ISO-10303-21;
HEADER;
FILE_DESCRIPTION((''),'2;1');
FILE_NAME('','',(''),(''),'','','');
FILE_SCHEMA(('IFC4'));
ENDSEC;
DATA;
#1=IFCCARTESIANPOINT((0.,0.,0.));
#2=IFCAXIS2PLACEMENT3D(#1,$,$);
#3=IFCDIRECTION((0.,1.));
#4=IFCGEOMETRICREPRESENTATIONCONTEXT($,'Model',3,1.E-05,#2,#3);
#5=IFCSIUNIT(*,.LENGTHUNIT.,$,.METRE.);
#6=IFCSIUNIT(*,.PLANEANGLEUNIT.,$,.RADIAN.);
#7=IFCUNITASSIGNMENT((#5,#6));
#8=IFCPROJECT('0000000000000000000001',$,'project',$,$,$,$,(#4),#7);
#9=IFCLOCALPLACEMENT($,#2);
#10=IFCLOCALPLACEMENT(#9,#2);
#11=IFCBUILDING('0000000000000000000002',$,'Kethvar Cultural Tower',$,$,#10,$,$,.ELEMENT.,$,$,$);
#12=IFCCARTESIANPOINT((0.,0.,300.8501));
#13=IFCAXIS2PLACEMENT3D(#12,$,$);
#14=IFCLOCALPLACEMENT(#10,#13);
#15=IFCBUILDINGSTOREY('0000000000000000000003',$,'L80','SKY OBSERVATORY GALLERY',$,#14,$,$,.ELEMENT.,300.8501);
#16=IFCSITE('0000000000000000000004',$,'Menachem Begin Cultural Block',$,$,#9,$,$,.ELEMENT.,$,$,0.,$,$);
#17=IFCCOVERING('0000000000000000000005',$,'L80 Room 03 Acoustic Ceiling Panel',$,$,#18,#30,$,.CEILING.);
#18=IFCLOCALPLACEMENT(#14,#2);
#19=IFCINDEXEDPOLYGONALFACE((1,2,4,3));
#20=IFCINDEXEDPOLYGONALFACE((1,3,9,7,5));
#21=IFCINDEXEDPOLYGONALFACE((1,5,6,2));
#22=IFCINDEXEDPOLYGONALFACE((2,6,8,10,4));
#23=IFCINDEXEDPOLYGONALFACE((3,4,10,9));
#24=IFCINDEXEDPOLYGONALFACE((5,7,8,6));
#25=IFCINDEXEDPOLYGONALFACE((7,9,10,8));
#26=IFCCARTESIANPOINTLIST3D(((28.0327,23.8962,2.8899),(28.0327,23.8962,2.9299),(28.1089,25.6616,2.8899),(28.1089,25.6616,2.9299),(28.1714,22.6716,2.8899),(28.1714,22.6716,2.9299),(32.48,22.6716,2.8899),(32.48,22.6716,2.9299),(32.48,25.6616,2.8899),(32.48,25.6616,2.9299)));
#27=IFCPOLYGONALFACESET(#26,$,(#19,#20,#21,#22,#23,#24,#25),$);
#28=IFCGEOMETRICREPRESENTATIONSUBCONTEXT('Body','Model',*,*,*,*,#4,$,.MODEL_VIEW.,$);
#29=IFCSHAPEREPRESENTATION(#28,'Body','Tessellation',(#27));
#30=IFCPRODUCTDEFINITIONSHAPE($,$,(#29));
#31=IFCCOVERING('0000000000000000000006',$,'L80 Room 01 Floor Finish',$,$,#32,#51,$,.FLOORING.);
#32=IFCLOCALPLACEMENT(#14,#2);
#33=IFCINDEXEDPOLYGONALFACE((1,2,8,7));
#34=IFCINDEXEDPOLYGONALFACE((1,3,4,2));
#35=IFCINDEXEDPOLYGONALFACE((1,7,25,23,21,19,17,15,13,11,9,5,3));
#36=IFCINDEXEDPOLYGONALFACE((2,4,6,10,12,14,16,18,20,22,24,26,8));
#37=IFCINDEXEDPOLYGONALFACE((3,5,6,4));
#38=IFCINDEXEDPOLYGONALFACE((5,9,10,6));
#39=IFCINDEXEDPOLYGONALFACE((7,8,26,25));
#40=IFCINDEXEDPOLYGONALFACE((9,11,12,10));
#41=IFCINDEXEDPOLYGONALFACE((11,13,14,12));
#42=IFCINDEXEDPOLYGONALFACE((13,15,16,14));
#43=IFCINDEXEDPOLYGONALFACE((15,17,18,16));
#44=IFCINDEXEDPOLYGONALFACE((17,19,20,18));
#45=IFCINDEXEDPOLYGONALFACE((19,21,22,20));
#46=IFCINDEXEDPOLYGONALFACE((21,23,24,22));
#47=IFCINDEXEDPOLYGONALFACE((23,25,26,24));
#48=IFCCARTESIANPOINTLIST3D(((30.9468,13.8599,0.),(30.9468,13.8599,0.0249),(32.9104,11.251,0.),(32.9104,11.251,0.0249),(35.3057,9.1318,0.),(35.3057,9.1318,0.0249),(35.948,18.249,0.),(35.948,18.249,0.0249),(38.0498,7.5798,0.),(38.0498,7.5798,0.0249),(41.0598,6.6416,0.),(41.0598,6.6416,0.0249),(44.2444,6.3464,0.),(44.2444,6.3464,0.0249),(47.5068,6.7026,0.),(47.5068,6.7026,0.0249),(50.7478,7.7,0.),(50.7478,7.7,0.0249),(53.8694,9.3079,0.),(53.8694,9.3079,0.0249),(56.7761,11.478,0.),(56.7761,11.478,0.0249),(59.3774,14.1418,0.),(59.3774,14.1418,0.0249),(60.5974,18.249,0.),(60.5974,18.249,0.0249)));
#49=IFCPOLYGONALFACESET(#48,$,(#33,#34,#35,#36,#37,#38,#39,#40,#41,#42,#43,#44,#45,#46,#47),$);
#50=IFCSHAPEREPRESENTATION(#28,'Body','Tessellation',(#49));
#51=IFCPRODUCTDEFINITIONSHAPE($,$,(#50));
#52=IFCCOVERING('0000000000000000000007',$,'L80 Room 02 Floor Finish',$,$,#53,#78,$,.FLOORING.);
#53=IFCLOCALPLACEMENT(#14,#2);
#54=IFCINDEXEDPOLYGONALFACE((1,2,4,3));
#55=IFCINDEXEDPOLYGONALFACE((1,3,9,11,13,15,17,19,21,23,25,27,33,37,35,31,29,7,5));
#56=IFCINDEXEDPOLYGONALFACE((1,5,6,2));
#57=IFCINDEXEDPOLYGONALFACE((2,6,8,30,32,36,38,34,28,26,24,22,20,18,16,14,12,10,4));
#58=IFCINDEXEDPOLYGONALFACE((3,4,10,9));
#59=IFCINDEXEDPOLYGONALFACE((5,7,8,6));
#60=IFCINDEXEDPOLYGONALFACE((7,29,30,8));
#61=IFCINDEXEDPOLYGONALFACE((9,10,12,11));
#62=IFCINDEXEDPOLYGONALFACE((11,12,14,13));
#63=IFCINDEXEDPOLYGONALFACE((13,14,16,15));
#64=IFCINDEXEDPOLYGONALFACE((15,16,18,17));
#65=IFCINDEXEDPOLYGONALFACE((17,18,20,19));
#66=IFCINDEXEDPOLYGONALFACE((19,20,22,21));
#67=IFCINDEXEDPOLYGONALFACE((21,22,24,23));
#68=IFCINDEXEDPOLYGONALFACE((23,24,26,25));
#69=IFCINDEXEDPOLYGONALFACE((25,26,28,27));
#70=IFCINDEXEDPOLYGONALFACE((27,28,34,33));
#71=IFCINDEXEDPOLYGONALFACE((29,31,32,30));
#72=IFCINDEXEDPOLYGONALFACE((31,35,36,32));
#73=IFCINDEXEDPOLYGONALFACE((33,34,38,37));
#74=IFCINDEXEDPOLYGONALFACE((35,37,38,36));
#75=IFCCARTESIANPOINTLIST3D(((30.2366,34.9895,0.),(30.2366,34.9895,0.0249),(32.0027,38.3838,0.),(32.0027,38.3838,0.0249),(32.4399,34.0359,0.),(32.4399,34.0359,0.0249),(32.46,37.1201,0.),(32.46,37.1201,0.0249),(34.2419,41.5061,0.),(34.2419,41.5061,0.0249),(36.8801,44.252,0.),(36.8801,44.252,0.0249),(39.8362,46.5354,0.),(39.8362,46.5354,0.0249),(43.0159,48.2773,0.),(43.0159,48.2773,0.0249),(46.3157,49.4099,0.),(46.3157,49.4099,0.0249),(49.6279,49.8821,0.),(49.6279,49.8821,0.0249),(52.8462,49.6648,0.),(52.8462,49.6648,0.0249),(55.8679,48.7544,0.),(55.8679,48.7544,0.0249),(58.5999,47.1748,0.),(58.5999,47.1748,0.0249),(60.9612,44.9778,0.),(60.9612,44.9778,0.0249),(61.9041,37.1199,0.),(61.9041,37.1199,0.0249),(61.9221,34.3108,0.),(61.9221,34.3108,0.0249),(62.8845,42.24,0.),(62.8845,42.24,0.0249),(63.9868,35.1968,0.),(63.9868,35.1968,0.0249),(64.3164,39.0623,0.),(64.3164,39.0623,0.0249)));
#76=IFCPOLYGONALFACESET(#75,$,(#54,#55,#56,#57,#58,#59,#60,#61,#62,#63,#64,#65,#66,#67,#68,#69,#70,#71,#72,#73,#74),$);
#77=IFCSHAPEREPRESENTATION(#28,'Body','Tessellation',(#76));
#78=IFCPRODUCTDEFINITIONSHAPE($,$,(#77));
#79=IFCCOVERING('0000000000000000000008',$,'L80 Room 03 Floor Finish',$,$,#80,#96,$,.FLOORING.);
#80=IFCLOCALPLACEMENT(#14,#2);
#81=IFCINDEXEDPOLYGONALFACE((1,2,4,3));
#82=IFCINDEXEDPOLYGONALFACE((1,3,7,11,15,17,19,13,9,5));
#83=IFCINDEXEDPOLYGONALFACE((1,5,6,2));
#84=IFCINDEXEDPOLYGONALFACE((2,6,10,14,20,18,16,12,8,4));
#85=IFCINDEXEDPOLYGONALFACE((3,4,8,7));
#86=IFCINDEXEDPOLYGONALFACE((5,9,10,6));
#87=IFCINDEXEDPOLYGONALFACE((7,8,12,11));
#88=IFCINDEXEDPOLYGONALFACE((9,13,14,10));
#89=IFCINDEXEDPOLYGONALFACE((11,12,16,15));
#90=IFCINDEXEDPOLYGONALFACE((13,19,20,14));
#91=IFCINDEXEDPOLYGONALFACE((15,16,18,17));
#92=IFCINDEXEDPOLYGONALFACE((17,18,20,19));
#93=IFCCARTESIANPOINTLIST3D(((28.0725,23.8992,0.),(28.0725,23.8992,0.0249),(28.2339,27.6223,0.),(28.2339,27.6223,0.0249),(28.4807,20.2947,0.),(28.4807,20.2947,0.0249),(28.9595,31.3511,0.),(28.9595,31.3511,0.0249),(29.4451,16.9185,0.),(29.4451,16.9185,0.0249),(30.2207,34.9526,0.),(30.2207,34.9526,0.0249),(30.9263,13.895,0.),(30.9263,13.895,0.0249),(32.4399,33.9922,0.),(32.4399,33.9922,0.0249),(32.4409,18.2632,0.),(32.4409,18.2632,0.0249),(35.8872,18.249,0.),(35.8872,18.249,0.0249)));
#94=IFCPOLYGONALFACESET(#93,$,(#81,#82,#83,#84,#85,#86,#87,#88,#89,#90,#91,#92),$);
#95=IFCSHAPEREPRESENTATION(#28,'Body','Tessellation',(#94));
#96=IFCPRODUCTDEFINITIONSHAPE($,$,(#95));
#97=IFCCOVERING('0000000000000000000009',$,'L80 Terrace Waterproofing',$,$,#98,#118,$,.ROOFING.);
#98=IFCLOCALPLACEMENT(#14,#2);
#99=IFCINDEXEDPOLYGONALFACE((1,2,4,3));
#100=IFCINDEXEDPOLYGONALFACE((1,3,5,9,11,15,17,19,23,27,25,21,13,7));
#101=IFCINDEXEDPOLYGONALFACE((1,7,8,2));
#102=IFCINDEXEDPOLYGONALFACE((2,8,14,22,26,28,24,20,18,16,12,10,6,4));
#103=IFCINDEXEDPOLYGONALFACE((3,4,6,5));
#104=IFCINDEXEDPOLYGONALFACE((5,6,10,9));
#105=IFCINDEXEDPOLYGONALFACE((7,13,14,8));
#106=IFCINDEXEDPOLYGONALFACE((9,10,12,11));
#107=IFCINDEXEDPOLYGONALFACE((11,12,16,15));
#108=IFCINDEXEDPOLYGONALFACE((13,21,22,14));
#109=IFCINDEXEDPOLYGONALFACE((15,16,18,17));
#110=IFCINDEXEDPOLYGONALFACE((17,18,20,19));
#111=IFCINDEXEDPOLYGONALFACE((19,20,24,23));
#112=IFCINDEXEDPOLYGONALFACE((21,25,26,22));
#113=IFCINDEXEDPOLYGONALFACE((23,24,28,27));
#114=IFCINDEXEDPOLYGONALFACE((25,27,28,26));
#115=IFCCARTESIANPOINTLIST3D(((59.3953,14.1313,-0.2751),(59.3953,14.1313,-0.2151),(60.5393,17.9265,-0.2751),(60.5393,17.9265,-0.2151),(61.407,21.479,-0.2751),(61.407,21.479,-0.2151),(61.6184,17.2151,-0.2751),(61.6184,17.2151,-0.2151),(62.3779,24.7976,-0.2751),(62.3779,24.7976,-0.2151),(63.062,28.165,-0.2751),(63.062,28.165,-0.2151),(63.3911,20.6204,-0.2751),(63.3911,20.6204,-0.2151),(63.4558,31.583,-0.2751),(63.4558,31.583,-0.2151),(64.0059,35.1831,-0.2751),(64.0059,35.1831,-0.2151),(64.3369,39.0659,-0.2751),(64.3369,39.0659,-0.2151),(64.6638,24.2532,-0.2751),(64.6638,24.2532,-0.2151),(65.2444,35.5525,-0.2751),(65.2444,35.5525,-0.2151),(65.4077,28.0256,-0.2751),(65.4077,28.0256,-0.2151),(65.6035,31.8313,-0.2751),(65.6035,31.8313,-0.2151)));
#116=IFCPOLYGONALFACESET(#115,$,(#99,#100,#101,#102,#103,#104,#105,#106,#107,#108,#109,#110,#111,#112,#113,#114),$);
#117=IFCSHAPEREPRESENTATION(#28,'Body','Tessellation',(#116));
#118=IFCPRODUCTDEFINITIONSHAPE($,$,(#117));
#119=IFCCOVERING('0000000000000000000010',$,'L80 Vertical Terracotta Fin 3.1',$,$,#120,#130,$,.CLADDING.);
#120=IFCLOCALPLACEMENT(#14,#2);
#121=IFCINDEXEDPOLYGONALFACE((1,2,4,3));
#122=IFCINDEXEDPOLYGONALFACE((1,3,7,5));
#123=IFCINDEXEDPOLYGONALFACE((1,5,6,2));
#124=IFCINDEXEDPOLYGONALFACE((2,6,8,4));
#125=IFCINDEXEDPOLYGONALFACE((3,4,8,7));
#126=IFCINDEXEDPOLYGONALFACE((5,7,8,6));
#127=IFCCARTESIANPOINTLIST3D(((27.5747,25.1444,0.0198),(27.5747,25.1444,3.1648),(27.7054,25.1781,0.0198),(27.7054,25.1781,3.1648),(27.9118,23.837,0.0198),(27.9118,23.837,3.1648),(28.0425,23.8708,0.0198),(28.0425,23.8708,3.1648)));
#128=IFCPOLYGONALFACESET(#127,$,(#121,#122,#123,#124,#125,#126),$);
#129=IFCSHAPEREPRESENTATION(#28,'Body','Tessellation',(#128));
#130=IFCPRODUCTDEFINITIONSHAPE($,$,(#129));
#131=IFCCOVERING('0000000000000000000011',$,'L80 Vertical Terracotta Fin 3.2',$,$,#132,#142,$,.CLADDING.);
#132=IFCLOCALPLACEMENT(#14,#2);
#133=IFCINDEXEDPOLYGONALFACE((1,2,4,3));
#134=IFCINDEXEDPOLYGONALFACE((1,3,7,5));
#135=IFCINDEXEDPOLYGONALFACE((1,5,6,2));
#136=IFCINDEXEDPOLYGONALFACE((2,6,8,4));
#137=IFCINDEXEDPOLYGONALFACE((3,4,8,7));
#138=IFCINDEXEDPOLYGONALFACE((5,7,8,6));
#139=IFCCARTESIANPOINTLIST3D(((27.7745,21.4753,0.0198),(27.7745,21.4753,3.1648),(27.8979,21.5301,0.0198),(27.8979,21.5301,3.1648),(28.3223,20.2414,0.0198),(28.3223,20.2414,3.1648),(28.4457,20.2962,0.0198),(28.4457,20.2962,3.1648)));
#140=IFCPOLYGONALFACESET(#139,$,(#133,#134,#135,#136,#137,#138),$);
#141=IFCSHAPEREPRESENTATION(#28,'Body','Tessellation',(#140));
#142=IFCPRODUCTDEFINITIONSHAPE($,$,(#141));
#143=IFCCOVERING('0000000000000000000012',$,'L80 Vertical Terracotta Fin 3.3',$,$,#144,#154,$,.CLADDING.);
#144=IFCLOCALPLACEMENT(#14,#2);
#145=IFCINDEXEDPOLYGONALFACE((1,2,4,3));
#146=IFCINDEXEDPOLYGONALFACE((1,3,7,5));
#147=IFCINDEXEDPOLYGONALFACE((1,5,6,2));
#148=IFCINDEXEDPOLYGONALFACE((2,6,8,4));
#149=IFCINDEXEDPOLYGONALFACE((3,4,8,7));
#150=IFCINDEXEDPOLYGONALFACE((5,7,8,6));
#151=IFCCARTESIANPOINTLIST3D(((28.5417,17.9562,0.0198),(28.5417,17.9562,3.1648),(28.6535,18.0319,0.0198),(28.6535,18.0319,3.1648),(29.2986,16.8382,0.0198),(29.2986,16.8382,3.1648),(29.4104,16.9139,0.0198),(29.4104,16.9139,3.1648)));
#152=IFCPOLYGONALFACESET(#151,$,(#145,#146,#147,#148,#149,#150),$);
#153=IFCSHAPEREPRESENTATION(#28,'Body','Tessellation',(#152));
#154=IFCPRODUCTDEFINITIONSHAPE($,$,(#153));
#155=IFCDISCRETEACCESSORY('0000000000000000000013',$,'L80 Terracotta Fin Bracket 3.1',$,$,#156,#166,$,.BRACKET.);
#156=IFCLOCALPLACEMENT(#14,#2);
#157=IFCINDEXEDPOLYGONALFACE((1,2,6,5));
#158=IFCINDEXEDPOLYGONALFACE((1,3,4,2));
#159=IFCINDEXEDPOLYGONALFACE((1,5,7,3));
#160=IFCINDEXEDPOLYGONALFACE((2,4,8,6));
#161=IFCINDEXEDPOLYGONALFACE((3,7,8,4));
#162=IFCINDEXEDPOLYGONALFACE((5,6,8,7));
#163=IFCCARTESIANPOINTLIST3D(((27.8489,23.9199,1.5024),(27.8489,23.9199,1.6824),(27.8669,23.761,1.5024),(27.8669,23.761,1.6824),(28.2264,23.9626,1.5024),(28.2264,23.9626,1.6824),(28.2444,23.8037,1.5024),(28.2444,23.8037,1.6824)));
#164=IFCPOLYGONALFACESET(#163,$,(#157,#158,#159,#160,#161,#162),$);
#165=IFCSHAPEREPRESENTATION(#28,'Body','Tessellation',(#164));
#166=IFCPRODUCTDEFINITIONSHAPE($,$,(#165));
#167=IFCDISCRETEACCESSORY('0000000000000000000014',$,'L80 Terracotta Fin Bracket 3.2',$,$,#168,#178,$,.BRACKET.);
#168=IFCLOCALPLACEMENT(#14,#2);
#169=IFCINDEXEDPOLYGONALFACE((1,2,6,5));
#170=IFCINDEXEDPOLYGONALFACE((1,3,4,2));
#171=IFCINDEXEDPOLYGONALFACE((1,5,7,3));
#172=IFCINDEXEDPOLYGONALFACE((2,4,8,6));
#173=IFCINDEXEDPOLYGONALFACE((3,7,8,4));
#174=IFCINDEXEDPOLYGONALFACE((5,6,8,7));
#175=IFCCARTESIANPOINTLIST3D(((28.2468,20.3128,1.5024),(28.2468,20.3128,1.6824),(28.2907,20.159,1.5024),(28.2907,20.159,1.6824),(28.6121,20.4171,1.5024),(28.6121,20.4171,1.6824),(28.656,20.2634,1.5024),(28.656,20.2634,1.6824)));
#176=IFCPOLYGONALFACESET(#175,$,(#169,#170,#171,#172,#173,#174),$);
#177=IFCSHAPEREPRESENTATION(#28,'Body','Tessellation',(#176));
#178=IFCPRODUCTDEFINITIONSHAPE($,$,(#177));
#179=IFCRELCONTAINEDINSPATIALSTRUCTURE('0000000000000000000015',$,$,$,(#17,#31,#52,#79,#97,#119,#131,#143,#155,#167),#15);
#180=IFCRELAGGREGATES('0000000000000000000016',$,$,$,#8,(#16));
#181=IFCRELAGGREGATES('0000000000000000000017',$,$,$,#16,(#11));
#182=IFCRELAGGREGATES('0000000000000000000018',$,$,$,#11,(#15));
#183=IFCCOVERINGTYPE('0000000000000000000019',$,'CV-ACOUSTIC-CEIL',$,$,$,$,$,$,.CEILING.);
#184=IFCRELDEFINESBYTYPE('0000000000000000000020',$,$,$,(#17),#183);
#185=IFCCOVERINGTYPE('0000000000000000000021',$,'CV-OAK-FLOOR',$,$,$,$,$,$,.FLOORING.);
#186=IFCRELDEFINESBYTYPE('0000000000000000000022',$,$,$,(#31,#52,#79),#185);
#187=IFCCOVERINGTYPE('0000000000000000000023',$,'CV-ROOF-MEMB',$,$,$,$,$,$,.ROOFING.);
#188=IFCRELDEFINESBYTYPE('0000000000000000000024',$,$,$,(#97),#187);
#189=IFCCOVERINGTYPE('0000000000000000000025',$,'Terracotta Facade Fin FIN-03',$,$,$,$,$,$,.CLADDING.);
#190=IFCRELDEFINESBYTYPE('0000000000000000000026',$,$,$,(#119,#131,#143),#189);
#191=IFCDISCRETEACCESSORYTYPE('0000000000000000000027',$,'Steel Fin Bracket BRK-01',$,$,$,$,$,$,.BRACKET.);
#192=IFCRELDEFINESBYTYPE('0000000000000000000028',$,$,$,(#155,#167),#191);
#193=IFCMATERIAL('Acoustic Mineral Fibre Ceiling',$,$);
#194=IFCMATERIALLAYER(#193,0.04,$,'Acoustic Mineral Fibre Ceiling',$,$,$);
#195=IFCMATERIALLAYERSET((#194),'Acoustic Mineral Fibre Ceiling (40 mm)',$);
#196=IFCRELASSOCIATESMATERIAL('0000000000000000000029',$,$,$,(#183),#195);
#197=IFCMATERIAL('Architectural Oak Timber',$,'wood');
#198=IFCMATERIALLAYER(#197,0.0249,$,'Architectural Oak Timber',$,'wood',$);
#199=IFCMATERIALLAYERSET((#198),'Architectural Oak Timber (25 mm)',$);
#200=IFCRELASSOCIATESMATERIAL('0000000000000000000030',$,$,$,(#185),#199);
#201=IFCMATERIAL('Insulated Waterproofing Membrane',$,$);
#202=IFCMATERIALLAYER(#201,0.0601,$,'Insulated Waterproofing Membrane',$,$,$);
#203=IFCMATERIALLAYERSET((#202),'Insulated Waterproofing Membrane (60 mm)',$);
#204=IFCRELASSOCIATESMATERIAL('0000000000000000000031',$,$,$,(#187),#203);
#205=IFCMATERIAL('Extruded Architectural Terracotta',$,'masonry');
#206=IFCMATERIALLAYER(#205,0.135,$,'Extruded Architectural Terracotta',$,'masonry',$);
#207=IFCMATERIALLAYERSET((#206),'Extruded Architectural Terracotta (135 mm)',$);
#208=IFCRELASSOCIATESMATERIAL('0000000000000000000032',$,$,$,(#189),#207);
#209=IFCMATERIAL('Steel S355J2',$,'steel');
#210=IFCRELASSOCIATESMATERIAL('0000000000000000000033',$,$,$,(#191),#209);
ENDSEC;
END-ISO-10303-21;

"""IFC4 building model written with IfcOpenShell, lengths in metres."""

from ifc_helpers import new_model, si_unit, direction, frame, origin, origin_2d, place, context, subcontext, project, spatial, polyline, rectangle, outline, extrude, source, transform, mapped, material, layer, layer_set, type_object, element, save


model = new_model("IFC4")

# Units and contexts
model_context = context("Model", 3, precision=1e-05, world=origin(), true_north=direction((0.0, 1.0)))
body_context = subcontext(model_context, "Body", "Model", "MODEL_VIEW")
ifc_project = project(units=[si_unit("LENGTHUNIT", "METRE"), si_unit("PLANEANGLEUNIT", "RADIAN")], contexts=[model_context])

# Site, building, storey
site_placement = place(None, origin())
site = spatial("IfcSite", under=ifc_project, at=site_placement, Name="Menachem Begin Cultural Block", CompositionType="ELEMENT", RefElevation=0.0)
building_placement = place(site_placement, origin())
building = spatial("IfcBuilding", under=site, at=building_placement, Name="Kethvar Cultural Tower", CompositionType="ELEMENT")
storey_placement = place(building_placement, frame((0.0, 0.0, 300.8501)))
storey = spatial("IfcBuildingStorey", under=building, at=storey_placement, Name="L80", Description="SKY OBSERVATORY GALLERY", CompositionType="ELEMENT", Elevation=300.8501)

# Shared definitions
ifc_material_1 = material(Name="Steel S355J2", Category="steel")

# Coverings
ifc_material_2 = material(Name="Acoustic Mineral Fibre Ceiling")
ifc_layer_1 = layer(ifc_material_2, 0.04, Name="Acoustic Mineral Fibre Ceiling")
ifc_layer_set_1 = layer_set([ifc_layer_1], Name="Acoustic Mineral Fibre Ceiling (40 mm)")
covering_type_1 = type_object("IfcCoveringType", Name="CV-ACOUSTIC-CEIL", PredefinedType="CEILING", material=ifc_layer_set_1)
covering_1_placement = place(storey_placement, frame((0.0, 0.0, 2.8899)))
element("IfcCovering", 1, at=covering_1_placement, inside=storey, type_object=covering_type_1, Name="L80 Room 03 Acoustic Ceiling Panel", PredefinedType="CEILING", context=body_context, shape_type="SweptSolid", body=[
    extrude(outline(polyline([(28.0327, 23.8962), (28.1089, 25.6616), (32.48, 25.6616), (32.48, 22.6716), (28.1714, 22.6716), (28.0327, 23.8962)])), origin(), (0.0, 0.0, 1.0), 0.04),
])
ifc_material_3 = material(Name="Architectural Oak Timber", Category="wood")
ifc_layer_2 = layer(ifc_material_3, 0.0249, Name="Architectural Oak Timber", Category="wood")
ifc_layer_set_2 = layer_set([ifc_layer_2], Name="Architectural Oak Timber (25 mm)")
covering_type_2 = type_object("IfcCoveringType", Name="CV-OAK-FLOOR", PredefinedType="FLOORING", material=ifc_layer_set_2)
covering_2_placement = place(storey_placement, origin())
element("IfcCovering", 2, at=covering_2_placement, inside=storey, type_object=covering_type_2, Name="L80 Room 01 Floor Finish", PredefinedType="FLOORING", context=body_context, shape_type="SweptSolid", body=[
    extrude(outline(polyline([(59.3774, 14.1418), (56.7761, 11.478), (53.8694, 9.3079), (50.7478, 7.7), (47.5068, 6.7026), (44.2444, 6.3464), (41.0598, 6.6416), (38.0498, 7.5798), (35.3057, 9.1318), (32.9104, 11.251), (30.9468, 13.8599), (35.948, 18.249), (60.5974, 18.249), (59.3774, 14.1418)])), origin(), (0.0, 0.0, 1.0), 0.0249),
])
covering_3_placement = place(storey_placement, origin())
element("IfcCovering", 3, at=covering_3_placement, inside=storey, type_object=covering_type_2, Name="L80 Room 02 Floor Finish", PredefinedType="FLOORING", context=body_context, shape_type="SweptSolid", body=[
    extrude(outline(polyline([(32.0027, 38.3838), (34.2419, 41.5061), (36.8801, 44.252), (39.8362, 46.5354), (43.0159, 48.2773), (46.3157, 49.4099), (49.6279, 49.8821), (52.8462, 49.6648), (55.8679, 48.7544), (58.5999, 47.1748), (60.9612, 44.9778), (62.8845, 42.24), (64.3164, 39.0623), (63.9868, 35.1968), (61.9221, 34.3108), (61.9041, 37.1199), (32.46, 37.1201), (32.4399, 34.0359), (30.2366, 34.9895), (32.0027, 38.3838)])), origin(), (0.0, 0.0, 1.0), 0.0249),
])
covering_4_placement = place(storey_placement, origin())
element("IfcCovering", 4, at=covering_4_placement, inside=storey, type_object=covering_type_2, Name="L80 Room 03 Floor Finish", PredefinedType="FLOORING", context=body_context, shape_type="SweptSolid", body=[
    extrude(outline(polyline([(29.4451, 16.9185), (28.4807, 20.2947), (28.0725, 23.8992), (28.2339, 27.6223), (28.9595, 31.3511), (30.2207, 34.9526), (32.4399, 33.9922), (32.4409, 18.2632), (35.8872, 18.249), (30.9263, 13.895), (29.4451, 16.9185)])), origin(), (0.0, 0.0, 1.0), 0.0249),
])
ifc_material_4 = material(Name="Insulated Waterproofing Membrane")
ifc_layer_3 = layer(ifc_material_4, 0.0601, Name="Insulated Waterproofing Membrane")
ifc_layer_set_3 = layer_set([ifc_layer_3], Name="Insulated Waterproofing Membrane (60 mm)")
covering_type_3 = type_object("IfcCoveringType", Name="CV-ROOF-MEMB", PredefinedType="ROOFING", material=ifc_layer_set_3)
covering_5_placement = place(storey_placement, frame((0.0, 0.0, -0.2751)))
element("IfcCovering", 5, at=covering_5_placement, inside=storey, type_object=covering_type_3, Name="L80 Terrace Waterproofing", PredefinedType="ROOFING", context=body_context, shape_type="SweptSolid", body=[
    extrude(outline(polyline([(59.3953, 14.1313), (61.6184, 17.2151), (63.3911, 20.6204), (64.6638, 24.2532), (65.4077, 28.0256), (65.6035, 31.8313), (65.2444, 35.5525), (64.3369, 39.0659), (64.0059, 35.1831), (63.4558, 31.583), (63.062, 28.165), (62.3779, 24.7976), (61.407, 21.479), (60.5393, 17.9265), (59.3953, 14.1313)])), origin(), (0.0, 0.0, 1.0), 0.0601),
])
ifc_material_5 = material(Name="Extruded Architectural Terracotta", Category="masonry")
ifc_layer_4 = layer(ifc_material_5, 0.135, Name="Extruded Architectural Terracotta", Category="masonry")
ifc_layer_set_4 = layer_set([ifc_layer_4], Name="Extruded Architectural Terracotta (135 mm)")
covering_type_4 = type_object("IfcCoveringType", Name="Terracotta Facade Fin FIN-03", PredefinedType="CLADDING", material=ifc_layer_set_4)
shared_shape_1 = source(origin(), body_context, "Body", "SweptSolid", [
    extrude(rectangle(XDim=1.3501, YDim=0.135, at=origin_2d()), origin(), (0.0, 0.0, 1.0), 3.145),
])
for number, where, z_axis, x_axis, name in (
    (6, (27.8086, 24.5076, 0.0198), (0.0, 0.0, 1.0), (-0.249704, 0.968322, 0.0), "L80 Vertical Terracotta Fin 3.1"),
    (7, (28.1101, 20.8857, 0.0198), (0.0, 0.0, 1.0), (-0.40578, 0.913971, 0.0), "L80 Vertical Terracotta Fin 3.2"),
    (8, (28.9761, 17.4351, 0.0198), (0.0, 0.0, 1.0), (-0.560639, 0.82806, 0.0), "L80 Vertical Terracotta Fin 3.3"),
):
    element("IfcCovering", number, at=place(storey_placement, frame(where, z_axis=z_axis, x_axis=x_axis)), inside=storey, type_object=covering_type_4, Name=name, PredefinedType="CLADDING", context=body_context, shape_type="MappedRepresentation", body=[
        mapped(shared_shape_1, transform((0.0, 0.0, 0.0), scale=1.0)),
    ])

# Discrete accessories
discrete_accessory_type = type_object("IfcDiscreteAccessoryType", Name="Steel Fin Bracket BRK-01", PredefinedType="BRACKET", material=ifc_material_1)
shared_shape_2 = source(origin(), body_context, "Body", "SweptSolid", [
    extrude(rectangle(XDim=0.3799, YDim=0.1599, at=origin_2d()), origin(), (0.0, 0.0, 1.0), 0.1799),
])
for number, where, z_axis, x_axis, name in (
    (9, (28.0466, 23.8618, 1.5024), (0.0, 0.0, 1.0), (-0.993651, -0.11251, 0.0), "L80 Terracotta Fin Bracket 3.1"),
    (10, (28.4514, 20.2881, 1.5024), (0.0, 0.0, 1.0), (-0.96155, -0.274631, 0.0), "L80 Terracotta Fin Bracket 3.2"),
):
    element("IfcDiscreteAccessory", number, at=place(storey_placement, frame(where, z_axis=z_axis, x_axis=x_axis)), inside=storey, type_object=discrete_accessory_type, Name=name, PredefinedType="BRACKET", context=body_context, shape_type="MappedRepresentation", body=[
        mapped(shared_shape_2, transform((0.0, 0.0, 0.0), scale=1.0)),
    ])

save(model, "model.ifc")
